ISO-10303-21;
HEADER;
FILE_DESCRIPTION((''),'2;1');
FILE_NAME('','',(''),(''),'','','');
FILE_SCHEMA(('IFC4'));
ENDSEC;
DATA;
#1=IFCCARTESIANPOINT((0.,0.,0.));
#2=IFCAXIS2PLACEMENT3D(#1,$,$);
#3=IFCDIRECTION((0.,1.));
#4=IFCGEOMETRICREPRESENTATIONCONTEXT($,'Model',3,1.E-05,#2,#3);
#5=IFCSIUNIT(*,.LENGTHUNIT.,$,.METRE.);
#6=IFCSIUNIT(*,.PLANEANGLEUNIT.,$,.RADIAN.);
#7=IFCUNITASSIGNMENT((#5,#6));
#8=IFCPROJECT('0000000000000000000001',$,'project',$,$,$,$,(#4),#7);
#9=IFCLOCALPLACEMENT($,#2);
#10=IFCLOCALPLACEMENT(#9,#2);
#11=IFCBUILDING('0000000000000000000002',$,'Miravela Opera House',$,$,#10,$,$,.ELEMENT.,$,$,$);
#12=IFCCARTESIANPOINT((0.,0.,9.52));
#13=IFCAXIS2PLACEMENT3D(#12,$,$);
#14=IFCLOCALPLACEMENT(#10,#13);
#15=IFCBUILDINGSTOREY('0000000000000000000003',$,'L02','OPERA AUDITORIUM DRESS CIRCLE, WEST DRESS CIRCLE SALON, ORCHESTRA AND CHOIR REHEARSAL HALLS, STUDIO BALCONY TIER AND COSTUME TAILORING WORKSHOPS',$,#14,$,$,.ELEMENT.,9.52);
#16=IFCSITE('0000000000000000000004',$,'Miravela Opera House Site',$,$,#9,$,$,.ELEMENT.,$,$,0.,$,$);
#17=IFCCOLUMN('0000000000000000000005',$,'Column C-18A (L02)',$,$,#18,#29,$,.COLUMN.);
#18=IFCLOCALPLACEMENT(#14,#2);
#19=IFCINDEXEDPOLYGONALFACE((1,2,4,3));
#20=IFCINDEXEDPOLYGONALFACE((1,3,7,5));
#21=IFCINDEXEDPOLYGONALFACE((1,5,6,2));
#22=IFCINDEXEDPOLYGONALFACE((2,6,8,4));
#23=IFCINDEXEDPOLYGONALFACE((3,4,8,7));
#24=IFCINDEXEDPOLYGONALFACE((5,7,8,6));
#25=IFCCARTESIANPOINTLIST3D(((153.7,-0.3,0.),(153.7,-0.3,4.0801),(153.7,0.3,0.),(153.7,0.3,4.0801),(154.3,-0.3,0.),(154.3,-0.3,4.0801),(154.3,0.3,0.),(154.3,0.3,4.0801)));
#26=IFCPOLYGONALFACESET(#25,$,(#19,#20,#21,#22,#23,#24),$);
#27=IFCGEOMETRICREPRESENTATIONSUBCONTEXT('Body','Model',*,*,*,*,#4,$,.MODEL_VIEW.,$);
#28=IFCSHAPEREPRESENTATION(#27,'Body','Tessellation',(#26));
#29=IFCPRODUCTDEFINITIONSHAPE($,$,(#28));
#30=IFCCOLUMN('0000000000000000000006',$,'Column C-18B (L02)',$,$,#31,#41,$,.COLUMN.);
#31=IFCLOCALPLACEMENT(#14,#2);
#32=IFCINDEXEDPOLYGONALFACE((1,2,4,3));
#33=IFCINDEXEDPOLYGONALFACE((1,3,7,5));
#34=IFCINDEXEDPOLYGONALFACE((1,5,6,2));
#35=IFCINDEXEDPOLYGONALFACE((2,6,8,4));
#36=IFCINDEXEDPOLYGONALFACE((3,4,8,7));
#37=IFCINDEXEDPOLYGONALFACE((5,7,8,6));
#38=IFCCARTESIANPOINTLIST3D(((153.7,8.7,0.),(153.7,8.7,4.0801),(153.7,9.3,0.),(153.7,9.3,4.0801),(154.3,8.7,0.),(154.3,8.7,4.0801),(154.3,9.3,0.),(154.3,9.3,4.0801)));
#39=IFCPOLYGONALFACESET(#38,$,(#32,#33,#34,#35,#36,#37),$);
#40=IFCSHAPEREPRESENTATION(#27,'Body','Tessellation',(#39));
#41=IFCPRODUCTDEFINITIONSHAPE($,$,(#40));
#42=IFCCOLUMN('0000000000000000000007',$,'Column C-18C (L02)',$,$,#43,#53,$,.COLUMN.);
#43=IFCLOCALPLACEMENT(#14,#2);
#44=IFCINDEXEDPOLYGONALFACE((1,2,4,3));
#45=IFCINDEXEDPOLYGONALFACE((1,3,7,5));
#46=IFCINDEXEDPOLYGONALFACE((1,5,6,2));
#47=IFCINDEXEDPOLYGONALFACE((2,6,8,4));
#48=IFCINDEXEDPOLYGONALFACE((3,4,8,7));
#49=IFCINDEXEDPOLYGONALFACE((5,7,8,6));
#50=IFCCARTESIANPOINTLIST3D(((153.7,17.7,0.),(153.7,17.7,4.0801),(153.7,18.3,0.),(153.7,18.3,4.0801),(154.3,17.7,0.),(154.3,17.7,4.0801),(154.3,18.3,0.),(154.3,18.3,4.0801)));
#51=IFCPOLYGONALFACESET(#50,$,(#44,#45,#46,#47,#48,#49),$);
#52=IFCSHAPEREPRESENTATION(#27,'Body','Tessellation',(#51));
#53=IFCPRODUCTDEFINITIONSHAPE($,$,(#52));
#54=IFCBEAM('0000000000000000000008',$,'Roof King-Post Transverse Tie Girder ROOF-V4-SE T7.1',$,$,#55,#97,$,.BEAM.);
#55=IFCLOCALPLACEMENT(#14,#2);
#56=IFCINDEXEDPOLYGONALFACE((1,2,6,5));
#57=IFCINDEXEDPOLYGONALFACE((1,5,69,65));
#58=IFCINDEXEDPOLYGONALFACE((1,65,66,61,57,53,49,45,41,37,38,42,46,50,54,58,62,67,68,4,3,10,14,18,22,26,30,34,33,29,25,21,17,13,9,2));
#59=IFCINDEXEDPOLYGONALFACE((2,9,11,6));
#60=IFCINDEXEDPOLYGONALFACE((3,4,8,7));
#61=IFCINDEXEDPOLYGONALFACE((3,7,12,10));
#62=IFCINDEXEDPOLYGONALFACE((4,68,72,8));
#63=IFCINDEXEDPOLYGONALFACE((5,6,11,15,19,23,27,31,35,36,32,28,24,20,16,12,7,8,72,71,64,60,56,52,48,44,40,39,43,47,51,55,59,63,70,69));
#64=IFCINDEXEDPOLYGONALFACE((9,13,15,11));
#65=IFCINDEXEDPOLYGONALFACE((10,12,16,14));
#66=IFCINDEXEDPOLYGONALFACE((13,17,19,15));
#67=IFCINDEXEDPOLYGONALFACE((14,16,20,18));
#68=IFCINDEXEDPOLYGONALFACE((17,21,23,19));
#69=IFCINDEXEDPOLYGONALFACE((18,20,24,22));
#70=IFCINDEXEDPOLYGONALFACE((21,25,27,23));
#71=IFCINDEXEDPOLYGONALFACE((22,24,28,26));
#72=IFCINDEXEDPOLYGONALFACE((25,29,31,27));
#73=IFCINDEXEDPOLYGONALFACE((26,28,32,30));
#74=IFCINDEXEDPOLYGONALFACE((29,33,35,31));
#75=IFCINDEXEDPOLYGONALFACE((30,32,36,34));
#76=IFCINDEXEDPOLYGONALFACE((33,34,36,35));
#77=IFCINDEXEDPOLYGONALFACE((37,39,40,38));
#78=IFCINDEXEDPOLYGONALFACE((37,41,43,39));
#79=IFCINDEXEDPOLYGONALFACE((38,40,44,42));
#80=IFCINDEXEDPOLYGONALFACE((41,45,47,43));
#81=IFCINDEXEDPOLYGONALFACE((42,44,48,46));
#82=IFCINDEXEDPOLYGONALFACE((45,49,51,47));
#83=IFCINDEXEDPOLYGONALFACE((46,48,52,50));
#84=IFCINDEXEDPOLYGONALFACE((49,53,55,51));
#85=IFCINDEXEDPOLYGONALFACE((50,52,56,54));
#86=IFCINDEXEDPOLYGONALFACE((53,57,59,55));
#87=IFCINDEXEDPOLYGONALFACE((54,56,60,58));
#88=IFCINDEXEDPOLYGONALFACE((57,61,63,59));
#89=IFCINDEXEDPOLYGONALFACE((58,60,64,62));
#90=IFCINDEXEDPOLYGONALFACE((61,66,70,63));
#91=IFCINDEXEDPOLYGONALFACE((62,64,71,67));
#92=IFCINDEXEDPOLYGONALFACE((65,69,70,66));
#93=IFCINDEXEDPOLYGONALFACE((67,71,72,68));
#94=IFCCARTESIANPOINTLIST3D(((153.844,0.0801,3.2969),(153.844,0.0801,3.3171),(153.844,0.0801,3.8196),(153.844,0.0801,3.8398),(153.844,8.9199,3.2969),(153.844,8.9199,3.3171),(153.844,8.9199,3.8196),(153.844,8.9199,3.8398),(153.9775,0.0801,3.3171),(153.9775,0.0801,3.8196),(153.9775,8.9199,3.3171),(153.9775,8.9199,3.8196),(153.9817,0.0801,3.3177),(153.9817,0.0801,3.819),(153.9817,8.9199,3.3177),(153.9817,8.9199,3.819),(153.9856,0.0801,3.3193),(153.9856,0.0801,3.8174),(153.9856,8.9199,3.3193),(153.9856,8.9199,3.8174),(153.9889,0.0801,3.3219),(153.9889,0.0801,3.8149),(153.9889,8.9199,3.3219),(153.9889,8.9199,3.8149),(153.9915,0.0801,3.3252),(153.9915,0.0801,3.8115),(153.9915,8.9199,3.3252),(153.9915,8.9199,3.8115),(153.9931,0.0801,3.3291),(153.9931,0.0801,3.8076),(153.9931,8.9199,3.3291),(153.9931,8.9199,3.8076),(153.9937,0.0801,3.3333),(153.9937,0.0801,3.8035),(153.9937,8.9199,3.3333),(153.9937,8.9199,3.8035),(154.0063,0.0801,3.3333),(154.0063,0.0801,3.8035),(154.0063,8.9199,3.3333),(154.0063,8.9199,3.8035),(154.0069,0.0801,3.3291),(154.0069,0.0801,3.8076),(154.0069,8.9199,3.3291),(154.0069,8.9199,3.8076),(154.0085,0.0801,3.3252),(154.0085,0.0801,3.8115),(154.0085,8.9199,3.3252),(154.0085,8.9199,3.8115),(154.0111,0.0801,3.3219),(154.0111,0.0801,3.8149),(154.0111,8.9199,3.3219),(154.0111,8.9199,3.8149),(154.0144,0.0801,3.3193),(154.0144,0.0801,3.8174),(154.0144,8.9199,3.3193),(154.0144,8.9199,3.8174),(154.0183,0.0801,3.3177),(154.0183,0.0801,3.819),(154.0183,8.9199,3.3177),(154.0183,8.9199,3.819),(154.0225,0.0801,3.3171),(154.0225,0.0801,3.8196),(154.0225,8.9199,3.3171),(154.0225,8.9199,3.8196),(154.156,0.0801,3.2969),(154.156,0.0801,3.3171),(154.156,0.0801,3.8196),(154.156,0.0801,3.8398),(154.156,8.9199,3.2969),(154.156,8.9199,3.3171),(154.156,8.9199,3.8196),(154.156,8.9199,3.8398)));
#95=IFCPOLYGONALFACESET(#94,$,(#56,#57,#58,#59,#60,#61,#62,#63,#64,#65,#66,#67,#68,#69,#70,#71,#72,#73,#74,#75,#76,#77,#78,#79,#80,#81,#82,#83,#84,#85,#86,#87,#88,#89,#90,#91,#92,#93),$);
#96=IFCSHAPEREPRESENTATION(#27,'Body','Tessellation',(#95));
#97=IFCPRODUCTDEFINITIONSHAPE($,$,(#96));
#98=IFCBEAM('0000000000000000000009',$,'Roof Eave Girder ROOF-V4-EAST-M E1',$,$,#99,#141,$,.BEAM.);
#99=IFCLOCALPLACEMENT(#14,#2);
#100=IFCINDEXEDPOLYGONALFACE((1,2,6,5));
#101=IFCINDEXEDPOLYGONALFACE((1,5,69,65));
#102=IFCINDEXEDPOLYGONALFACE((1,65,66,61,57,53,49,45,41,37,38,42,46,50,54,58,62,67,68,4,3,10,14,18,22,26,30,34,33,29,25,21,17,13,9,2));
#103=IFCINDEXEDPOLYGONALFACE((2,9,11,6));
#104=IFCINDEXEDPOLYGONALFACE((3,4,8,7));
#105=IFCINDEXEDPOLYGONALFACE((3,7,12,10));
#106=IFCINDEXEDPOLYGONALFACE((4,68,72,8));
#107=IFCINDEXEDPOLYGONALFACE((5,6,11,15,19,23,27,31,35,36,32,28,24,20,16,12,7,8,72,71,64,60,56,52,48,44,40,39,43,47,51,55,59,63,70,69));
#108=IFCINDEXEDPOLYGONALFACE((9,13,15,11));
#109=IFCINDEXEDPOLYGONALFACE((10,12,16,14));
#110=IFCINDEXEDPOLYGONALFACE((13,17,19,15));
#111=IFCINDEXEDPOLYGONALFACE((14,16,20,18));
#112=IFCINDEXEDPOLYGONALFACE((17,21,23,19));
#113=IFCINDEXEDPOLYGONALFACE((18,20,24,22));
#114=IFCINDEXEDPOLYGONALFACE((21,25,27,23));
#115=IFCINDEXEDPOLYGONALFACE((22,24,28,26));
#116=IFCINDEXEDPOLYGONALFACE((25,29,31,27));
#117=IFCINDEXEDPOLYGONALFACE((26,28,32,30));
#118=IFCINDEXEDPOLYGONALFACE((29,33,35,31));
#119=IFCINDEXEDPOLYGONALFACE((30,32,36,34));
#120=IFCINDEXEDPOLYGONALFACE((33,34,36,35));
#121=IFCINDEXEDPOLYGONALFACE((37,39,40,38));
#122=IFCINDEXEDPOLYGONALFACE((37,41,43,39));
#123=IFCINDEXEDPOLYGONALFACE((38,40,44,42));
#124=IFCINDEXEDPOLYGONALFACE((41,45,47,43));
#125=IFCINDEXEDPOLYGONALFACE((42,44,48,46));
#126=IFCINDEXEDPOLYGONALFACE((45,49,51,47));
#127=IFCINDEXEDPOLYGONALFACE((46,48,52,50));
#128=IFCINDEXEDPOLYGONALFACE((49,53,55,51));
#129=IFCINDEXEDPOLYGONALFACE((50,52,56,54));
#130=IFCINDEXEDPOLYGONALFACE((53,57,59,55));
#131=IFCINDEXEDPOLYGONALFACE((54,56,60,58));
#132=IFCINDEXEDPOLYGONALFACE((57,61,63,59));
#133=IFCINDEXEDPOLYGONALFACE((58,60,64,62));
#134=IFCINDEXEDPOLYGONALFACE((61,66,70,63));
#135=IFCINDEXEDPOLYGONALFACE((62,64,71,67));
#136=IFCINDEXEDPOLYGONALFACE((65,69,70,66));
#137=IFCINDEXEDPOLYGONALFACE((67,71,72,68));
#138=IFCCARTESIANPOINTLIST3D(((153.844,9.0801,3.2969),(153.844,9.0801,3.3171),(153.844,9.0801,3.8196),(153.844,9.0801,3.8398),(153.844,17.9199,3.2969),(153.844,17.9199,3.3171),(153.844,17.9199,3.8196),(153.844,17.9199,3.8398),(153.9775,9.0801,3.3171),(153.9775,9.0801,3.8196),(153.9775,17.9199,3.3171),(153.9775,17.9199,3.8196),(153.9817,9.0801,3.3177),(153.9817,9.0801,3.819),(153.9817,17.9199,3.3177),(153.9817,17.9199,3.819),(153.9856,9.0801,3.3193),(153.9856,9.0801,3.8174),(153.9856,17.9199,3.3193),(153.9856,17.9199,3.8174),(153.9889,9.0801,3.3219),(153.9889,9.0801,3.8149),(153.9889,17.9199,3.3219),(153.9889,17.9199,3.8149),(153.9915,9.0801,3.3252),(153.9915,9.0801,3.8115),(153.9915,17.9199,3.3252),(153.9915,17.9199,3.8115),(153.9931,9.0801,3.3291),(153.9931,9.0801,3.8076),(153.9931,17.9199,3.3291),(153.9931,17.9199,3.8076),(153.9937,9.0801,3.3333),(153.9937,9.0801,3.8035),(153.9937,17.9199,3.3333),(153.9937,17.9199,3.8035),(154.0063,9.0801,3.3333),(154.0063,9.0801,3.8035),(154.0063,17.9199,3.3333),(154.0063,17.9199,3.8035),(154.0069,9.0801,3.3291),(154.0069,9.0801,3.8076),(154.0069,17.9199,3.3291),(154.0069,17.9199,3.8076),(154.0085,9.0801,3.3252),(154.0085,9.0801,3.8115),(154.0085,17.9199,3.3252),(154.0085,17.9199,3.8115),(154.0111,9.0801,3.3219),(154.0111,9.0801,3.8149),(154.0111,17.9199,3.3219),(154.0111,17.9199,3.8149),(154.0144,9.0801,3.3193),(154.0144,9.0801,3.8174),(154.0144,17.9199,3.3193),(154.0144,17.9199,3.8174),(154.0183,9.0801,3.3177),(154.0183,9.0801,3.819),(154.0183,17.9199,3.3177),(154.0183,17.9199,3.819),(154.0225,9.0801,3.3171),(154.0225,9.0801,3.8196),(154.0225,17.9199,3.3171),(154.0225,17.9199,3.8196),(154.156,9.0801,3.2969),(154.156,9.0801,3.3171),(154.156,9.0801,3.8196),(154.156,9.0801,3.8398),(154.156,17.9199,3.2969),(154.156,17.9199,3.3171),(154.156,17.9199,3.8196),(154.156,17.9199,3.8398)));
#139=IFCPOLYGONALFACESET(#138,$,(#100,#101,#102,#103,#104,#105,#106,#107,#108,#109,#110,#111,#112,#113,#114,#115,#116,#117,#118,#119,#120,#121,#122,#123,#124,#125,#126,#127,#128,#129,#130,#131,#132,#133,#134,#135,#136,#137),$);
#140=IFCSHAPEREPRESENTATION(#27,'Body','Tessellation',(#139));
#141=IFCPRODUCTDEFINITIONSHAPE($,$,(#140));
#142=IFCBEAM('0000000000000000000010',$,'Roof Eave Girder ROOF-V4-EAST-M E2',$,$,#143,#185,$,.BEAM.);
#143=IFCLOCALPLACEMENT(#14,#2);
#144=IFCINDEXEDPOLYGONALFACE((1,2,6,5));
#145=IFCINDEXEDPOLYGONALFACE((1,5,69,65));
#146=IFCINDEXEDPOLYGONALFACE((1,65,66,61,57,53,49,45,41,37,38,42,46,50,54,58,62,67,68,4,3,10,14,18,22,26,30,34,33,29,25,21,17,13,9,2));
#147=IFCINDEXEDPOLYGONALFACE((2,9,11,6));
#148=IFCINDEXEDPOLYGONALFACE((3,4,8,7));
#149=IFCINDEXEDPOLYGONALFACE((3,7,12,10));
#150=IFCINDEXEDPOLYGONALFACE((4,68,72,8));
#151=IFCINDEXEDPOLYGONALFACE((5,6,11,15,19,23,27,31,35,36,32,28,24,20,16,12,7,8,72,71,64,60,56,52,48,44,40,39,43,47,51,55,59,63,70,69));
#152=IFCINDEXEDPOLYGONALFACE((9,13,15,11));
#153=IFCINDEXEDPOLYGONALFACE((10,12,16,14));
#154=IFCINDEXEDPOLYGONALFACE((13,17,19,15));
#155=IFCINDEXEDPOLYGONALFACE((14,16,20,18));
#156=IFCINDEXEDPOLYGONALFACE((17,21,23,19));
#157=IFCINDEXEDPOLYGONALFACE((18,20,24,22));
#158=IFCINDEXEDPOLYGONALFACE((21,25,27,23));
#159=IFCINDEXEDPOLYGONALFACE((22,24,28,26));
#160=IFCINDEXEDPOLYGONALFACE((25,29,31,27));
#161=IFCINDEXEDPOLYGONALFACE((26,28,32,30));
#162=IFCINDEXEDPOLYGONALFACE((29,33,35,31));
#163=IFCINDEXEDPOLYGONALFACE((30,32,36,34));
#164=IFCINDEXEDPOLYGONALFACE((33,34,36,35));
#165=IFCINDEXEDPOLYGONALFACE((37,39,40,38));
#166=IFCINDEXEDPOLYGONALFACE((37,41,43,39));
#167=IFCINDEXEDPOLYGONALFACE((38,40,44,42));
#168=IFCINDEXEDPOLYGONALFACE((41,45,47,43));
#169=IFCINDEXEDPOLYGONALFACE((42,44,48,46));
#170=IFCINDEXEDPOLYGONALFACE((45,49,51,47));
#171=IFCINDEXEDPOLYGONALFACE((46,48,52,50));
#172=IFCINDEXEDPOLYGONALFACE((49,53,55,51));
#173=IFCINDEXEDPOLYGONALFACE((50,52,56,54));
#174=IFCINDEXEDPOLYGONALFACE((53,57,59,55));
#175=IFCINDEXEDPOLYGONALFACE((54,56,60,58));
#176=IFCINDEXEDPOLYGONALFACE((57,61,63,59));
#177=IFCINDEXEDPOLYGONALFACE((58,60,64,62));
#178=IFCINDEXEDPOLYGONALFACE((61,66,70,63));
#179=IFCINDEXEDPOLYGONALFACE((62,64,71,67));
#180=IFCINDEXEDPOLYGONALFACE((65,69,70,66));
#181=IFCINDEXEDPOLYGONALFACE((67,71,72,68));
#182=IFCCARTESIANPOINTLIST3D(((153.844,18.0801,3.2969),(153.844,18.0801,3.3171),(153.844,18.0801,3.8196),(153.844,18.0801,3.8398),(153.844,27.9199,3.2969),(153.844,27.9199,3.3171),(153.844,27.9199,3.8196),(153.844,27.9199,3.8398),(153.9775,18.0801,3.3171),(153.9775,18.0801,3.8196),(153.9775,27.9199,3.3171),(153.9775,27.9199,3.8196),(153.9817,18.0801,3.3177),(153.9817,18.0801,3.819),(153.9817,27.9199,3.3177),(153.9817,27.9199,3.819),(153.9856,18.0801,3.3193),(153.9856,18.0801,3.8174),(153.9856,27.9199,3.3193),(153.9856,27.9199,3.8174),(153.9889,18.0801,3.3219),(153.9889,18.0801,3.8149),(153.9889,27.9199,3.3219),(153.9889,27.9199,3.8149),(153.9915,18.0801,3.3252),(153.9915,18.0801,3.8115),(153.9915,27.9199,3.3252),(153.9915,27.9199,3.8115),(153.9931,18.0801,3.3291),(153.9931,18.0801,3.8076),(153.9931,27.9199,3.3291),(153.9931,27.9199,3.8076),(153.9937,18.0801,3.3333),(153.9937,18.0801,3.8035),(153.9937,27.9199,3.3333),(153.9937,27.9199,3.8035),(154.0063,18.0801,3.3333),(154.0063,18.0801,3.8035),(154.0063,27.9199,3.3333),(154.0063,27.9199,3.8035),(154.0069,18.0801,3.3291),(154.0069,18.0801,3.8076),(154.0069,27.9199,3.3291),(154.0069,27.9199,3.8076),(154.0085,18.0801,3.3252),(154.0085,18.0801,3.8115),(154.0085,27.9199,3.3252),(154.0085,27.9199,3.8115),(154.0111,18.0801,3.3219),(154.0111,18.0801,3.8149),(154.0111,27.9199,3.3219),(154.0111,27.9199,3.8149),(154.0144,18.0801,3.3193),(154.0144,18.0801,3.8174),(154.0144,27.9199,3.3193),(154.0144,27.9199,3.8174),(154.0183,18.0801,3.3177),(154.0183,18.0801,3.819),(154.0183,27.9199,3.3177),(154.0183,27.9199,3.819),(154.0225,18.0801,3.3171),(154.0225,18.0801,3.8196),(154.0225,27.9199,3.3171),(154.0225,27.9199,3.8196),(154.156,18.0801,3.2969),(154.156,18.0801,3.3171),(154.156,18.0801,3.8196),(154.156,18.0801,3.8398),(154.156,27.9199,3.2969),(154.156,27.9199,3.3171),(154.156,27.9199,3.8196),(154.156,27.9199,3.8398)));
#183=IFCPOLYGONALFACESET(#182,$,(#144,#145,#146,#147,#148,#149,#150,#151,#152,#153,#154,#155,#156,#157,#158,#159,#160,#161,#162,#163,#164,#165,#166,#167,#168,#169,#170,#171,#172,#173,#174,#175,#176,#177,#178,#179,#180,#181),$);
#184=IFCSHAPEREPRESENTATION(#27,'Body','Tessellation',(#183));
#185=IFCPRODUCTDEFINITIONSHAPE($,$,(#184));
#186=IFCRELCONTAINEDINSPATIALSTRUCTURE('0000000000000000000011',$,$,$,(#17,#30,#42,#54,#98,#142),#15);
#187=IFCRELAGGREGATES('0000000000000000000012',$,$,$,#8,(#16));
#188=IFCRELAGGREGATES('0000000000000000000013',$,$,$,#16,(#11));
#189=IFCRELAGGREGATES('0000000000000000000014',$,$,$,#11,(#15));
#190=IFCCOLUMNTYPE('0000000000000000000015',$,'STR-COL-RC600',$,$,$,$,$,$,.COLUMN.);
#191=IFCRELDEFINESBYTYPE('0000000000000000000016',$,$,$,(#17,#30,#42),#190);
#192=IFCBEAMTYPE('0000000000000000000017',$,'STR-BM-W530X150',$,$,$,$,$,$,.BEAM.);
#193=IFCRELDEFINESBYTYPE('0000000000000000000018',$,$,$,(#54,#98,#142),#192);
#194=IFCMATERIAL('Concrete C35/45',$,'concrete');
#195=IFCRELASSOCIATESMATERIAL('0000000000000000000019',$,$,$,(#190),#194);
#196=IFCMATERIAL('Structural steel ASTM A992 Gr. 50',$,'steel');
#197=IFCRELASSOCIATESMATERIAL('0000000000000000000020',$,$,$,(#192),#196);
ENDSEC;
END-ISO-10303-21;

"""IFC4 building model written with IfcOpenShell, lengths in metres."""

from ifc_helpers import new_model, si_unit, direction, frame, origin, origin_2d, place, context, subcontext, project, spatial, rectangle, i_section, extrude, material, material_profile, profile_set, type_object, element, save


model = new_model("IFC4")

# Units and contexts
model_context = context("Model", 3, precision=1e-05, world=origin(), true_north=direction((0.0, 1.0)))
body_context = subcontext(model_context, "Body", "Model", "MODEL_VIEW")
ifc_project = project(units=[si_unit("LENGTHUNIT", "METRE"), si_unit("PLANEANGLEUNIT", "RADIAN")], contexts=[model_context])

# Site, building, storey
site_placement = place(None, origin())
site = spatial("IfcSite", under=ifc_project, at=site_placement, Name="Miravela Opera House Site", CompositionType="ELEMENT", RefElevation=0.0)
building_placement = place(site_placement, origin())
building = spatial("IfcBuilding", under=site, at=building_placement, Name="Miravela Opera House", CompositionType="ELEMENT")
storey_placement = place(building_placement, frame((0.0, 0.0, 9.52)))
storey = spatial("IfcBuildingStorey", under=building, at=storey_placement, Name="L02", Description="OPERA AUDITORIUM DRESS CIRCLE, WEST DRESS CIRCLE SALON, ORCHESTRA AND CHOIR REHEARSAL HALLS, STUDIO BALCONY TIER AND COSTUME TAILORING WORKSHOPS", CompositionType="ELEMENT", Elevation=9.52)

# Columns
ifc_material_1 = material(Name="Concrete C35/45", Category="concrete")
ifc_material_profile_1 = material_profile(ifc_material_1, rectangle(XDim=0.6001, YDim=0.6001, at=origin_2d()), Name="RC-COL-600X600")
ifc_profile_set_1 = profile_set([ifc_material_profile_1])
column_type = type_object("IfcColumnType", Name="STR-COL-RC600", PredefinedType="COLUMN", material=ifc_profile_set_1)
for number, where, z_axis, x_axis, name in (
    (1, (154.0, 0.0, 0.0), (0.0, 0.0, 1.0), (1.0, 0.0, 0.0), "Column C-18A (L02)"),
    (2, (154.0, 9.0, 0.0), (0.0, 0.0, 1.0), (1.0, 0.0, 0.0), "Column C-18B (L02)"),
    (3, (154.0, 18.0, 0.0), (0.0, 0.0, 1.0), (1.0, 0.0, 0.0), "Column C-18C (L02)"),
):
    element("IfcColumn", number, at=place(storey_placement, frame(where, z_axis=z_axis, x_axis=x_axis)), inside=storey, type_object=column_type, Name=name, PredefinedType="COLUMN", context=body_context, shape_type="SweptSolid", body=[
        extrude(rectangle(XDim=0.6001, YDim=0.6001, at=origin_2d()), origin(), (0.0, 0.0, 1.0), 4.0801),
    ])

# Beams
ifc_material_2 = material(Name="Structural steel ASTM A992 Gr. 50", Category="steel")
ifc_material_profile_2 = material_profile(ifc_material_2, i_section(OverallWidth=0.312, OverallDepth=0.543, WebThickness=0.0127, FlangeThickness=0.0203, FilletRadius=0.0161, at=origin_2d()), Name="W530X150")
ifc_profile_set_2 = profile_set([ifc_material_profile_2])
beam_type_1 = type_object("IfcBeamType", Name="STR-BM-W530X150", PredefinedType="BEAM", material=ifc_profile_set_2)
for number, where, z_axis, x_axis, name in (
    (4, (154.0, 0.0801, 3.5684), (0.0, 1.0, 0.0), (-1.0, 0.0, 0.0), "Roof King-Post Transverse Tie Girder ROOF-V4-SE T7.1"),
    (5, (154.0, 9.0801, 3.5684), (0.0, 1.0, 0.0), (-1.0, 0.0, 0.0), "Roof Eave Girder ROOF-V4-EAST-M E1"),
):
    element("IfcBeam", number, at=place(storey_placement, frame(where, z_axis=z_axis, x_axis=x_axis)), inside=storey, type_object=beam_type_1, Name=name, PredefinedType="BEAM", context=body_context, shape_type="SweptSolid", body=[
        extrude(i_section(OverallWidth=0.312, OverallDepth=0.543, WebThickness=0.0127, FlangeThickness=0.0203, FilletRadius=0.0161, at=origin_2d()), origin(), (0.0, 0.0, 1.0), 8.8398),
    ])
beam_1_placement = place(storey_placement, frame((154.0, 18.0801, 3.5684), z_axis=(0.0, 1.0, 0.0), x_axis=(-1.0, 0.0, 0.0)))
element("IfcBeam", 6, at=beam_1_placement, inside=storey, type_object=beam_type_1, Name="Roof Eave Girder ROOF-V4-EAST-M E2", PredefinedType="BEAM", context=body_context, shape_type="SweptSolid", body=[
    extrude(i_section(OverallWidth=0.312, OverallDepth=0.543, WebThickness=0.0127, FlangeThickness=0.0203, FilletRadius=0.0161, at=origin_2d()), origin(), (0.0, 0.0, 1.0), 9.8398),
])

save(model, "model.ifc")
